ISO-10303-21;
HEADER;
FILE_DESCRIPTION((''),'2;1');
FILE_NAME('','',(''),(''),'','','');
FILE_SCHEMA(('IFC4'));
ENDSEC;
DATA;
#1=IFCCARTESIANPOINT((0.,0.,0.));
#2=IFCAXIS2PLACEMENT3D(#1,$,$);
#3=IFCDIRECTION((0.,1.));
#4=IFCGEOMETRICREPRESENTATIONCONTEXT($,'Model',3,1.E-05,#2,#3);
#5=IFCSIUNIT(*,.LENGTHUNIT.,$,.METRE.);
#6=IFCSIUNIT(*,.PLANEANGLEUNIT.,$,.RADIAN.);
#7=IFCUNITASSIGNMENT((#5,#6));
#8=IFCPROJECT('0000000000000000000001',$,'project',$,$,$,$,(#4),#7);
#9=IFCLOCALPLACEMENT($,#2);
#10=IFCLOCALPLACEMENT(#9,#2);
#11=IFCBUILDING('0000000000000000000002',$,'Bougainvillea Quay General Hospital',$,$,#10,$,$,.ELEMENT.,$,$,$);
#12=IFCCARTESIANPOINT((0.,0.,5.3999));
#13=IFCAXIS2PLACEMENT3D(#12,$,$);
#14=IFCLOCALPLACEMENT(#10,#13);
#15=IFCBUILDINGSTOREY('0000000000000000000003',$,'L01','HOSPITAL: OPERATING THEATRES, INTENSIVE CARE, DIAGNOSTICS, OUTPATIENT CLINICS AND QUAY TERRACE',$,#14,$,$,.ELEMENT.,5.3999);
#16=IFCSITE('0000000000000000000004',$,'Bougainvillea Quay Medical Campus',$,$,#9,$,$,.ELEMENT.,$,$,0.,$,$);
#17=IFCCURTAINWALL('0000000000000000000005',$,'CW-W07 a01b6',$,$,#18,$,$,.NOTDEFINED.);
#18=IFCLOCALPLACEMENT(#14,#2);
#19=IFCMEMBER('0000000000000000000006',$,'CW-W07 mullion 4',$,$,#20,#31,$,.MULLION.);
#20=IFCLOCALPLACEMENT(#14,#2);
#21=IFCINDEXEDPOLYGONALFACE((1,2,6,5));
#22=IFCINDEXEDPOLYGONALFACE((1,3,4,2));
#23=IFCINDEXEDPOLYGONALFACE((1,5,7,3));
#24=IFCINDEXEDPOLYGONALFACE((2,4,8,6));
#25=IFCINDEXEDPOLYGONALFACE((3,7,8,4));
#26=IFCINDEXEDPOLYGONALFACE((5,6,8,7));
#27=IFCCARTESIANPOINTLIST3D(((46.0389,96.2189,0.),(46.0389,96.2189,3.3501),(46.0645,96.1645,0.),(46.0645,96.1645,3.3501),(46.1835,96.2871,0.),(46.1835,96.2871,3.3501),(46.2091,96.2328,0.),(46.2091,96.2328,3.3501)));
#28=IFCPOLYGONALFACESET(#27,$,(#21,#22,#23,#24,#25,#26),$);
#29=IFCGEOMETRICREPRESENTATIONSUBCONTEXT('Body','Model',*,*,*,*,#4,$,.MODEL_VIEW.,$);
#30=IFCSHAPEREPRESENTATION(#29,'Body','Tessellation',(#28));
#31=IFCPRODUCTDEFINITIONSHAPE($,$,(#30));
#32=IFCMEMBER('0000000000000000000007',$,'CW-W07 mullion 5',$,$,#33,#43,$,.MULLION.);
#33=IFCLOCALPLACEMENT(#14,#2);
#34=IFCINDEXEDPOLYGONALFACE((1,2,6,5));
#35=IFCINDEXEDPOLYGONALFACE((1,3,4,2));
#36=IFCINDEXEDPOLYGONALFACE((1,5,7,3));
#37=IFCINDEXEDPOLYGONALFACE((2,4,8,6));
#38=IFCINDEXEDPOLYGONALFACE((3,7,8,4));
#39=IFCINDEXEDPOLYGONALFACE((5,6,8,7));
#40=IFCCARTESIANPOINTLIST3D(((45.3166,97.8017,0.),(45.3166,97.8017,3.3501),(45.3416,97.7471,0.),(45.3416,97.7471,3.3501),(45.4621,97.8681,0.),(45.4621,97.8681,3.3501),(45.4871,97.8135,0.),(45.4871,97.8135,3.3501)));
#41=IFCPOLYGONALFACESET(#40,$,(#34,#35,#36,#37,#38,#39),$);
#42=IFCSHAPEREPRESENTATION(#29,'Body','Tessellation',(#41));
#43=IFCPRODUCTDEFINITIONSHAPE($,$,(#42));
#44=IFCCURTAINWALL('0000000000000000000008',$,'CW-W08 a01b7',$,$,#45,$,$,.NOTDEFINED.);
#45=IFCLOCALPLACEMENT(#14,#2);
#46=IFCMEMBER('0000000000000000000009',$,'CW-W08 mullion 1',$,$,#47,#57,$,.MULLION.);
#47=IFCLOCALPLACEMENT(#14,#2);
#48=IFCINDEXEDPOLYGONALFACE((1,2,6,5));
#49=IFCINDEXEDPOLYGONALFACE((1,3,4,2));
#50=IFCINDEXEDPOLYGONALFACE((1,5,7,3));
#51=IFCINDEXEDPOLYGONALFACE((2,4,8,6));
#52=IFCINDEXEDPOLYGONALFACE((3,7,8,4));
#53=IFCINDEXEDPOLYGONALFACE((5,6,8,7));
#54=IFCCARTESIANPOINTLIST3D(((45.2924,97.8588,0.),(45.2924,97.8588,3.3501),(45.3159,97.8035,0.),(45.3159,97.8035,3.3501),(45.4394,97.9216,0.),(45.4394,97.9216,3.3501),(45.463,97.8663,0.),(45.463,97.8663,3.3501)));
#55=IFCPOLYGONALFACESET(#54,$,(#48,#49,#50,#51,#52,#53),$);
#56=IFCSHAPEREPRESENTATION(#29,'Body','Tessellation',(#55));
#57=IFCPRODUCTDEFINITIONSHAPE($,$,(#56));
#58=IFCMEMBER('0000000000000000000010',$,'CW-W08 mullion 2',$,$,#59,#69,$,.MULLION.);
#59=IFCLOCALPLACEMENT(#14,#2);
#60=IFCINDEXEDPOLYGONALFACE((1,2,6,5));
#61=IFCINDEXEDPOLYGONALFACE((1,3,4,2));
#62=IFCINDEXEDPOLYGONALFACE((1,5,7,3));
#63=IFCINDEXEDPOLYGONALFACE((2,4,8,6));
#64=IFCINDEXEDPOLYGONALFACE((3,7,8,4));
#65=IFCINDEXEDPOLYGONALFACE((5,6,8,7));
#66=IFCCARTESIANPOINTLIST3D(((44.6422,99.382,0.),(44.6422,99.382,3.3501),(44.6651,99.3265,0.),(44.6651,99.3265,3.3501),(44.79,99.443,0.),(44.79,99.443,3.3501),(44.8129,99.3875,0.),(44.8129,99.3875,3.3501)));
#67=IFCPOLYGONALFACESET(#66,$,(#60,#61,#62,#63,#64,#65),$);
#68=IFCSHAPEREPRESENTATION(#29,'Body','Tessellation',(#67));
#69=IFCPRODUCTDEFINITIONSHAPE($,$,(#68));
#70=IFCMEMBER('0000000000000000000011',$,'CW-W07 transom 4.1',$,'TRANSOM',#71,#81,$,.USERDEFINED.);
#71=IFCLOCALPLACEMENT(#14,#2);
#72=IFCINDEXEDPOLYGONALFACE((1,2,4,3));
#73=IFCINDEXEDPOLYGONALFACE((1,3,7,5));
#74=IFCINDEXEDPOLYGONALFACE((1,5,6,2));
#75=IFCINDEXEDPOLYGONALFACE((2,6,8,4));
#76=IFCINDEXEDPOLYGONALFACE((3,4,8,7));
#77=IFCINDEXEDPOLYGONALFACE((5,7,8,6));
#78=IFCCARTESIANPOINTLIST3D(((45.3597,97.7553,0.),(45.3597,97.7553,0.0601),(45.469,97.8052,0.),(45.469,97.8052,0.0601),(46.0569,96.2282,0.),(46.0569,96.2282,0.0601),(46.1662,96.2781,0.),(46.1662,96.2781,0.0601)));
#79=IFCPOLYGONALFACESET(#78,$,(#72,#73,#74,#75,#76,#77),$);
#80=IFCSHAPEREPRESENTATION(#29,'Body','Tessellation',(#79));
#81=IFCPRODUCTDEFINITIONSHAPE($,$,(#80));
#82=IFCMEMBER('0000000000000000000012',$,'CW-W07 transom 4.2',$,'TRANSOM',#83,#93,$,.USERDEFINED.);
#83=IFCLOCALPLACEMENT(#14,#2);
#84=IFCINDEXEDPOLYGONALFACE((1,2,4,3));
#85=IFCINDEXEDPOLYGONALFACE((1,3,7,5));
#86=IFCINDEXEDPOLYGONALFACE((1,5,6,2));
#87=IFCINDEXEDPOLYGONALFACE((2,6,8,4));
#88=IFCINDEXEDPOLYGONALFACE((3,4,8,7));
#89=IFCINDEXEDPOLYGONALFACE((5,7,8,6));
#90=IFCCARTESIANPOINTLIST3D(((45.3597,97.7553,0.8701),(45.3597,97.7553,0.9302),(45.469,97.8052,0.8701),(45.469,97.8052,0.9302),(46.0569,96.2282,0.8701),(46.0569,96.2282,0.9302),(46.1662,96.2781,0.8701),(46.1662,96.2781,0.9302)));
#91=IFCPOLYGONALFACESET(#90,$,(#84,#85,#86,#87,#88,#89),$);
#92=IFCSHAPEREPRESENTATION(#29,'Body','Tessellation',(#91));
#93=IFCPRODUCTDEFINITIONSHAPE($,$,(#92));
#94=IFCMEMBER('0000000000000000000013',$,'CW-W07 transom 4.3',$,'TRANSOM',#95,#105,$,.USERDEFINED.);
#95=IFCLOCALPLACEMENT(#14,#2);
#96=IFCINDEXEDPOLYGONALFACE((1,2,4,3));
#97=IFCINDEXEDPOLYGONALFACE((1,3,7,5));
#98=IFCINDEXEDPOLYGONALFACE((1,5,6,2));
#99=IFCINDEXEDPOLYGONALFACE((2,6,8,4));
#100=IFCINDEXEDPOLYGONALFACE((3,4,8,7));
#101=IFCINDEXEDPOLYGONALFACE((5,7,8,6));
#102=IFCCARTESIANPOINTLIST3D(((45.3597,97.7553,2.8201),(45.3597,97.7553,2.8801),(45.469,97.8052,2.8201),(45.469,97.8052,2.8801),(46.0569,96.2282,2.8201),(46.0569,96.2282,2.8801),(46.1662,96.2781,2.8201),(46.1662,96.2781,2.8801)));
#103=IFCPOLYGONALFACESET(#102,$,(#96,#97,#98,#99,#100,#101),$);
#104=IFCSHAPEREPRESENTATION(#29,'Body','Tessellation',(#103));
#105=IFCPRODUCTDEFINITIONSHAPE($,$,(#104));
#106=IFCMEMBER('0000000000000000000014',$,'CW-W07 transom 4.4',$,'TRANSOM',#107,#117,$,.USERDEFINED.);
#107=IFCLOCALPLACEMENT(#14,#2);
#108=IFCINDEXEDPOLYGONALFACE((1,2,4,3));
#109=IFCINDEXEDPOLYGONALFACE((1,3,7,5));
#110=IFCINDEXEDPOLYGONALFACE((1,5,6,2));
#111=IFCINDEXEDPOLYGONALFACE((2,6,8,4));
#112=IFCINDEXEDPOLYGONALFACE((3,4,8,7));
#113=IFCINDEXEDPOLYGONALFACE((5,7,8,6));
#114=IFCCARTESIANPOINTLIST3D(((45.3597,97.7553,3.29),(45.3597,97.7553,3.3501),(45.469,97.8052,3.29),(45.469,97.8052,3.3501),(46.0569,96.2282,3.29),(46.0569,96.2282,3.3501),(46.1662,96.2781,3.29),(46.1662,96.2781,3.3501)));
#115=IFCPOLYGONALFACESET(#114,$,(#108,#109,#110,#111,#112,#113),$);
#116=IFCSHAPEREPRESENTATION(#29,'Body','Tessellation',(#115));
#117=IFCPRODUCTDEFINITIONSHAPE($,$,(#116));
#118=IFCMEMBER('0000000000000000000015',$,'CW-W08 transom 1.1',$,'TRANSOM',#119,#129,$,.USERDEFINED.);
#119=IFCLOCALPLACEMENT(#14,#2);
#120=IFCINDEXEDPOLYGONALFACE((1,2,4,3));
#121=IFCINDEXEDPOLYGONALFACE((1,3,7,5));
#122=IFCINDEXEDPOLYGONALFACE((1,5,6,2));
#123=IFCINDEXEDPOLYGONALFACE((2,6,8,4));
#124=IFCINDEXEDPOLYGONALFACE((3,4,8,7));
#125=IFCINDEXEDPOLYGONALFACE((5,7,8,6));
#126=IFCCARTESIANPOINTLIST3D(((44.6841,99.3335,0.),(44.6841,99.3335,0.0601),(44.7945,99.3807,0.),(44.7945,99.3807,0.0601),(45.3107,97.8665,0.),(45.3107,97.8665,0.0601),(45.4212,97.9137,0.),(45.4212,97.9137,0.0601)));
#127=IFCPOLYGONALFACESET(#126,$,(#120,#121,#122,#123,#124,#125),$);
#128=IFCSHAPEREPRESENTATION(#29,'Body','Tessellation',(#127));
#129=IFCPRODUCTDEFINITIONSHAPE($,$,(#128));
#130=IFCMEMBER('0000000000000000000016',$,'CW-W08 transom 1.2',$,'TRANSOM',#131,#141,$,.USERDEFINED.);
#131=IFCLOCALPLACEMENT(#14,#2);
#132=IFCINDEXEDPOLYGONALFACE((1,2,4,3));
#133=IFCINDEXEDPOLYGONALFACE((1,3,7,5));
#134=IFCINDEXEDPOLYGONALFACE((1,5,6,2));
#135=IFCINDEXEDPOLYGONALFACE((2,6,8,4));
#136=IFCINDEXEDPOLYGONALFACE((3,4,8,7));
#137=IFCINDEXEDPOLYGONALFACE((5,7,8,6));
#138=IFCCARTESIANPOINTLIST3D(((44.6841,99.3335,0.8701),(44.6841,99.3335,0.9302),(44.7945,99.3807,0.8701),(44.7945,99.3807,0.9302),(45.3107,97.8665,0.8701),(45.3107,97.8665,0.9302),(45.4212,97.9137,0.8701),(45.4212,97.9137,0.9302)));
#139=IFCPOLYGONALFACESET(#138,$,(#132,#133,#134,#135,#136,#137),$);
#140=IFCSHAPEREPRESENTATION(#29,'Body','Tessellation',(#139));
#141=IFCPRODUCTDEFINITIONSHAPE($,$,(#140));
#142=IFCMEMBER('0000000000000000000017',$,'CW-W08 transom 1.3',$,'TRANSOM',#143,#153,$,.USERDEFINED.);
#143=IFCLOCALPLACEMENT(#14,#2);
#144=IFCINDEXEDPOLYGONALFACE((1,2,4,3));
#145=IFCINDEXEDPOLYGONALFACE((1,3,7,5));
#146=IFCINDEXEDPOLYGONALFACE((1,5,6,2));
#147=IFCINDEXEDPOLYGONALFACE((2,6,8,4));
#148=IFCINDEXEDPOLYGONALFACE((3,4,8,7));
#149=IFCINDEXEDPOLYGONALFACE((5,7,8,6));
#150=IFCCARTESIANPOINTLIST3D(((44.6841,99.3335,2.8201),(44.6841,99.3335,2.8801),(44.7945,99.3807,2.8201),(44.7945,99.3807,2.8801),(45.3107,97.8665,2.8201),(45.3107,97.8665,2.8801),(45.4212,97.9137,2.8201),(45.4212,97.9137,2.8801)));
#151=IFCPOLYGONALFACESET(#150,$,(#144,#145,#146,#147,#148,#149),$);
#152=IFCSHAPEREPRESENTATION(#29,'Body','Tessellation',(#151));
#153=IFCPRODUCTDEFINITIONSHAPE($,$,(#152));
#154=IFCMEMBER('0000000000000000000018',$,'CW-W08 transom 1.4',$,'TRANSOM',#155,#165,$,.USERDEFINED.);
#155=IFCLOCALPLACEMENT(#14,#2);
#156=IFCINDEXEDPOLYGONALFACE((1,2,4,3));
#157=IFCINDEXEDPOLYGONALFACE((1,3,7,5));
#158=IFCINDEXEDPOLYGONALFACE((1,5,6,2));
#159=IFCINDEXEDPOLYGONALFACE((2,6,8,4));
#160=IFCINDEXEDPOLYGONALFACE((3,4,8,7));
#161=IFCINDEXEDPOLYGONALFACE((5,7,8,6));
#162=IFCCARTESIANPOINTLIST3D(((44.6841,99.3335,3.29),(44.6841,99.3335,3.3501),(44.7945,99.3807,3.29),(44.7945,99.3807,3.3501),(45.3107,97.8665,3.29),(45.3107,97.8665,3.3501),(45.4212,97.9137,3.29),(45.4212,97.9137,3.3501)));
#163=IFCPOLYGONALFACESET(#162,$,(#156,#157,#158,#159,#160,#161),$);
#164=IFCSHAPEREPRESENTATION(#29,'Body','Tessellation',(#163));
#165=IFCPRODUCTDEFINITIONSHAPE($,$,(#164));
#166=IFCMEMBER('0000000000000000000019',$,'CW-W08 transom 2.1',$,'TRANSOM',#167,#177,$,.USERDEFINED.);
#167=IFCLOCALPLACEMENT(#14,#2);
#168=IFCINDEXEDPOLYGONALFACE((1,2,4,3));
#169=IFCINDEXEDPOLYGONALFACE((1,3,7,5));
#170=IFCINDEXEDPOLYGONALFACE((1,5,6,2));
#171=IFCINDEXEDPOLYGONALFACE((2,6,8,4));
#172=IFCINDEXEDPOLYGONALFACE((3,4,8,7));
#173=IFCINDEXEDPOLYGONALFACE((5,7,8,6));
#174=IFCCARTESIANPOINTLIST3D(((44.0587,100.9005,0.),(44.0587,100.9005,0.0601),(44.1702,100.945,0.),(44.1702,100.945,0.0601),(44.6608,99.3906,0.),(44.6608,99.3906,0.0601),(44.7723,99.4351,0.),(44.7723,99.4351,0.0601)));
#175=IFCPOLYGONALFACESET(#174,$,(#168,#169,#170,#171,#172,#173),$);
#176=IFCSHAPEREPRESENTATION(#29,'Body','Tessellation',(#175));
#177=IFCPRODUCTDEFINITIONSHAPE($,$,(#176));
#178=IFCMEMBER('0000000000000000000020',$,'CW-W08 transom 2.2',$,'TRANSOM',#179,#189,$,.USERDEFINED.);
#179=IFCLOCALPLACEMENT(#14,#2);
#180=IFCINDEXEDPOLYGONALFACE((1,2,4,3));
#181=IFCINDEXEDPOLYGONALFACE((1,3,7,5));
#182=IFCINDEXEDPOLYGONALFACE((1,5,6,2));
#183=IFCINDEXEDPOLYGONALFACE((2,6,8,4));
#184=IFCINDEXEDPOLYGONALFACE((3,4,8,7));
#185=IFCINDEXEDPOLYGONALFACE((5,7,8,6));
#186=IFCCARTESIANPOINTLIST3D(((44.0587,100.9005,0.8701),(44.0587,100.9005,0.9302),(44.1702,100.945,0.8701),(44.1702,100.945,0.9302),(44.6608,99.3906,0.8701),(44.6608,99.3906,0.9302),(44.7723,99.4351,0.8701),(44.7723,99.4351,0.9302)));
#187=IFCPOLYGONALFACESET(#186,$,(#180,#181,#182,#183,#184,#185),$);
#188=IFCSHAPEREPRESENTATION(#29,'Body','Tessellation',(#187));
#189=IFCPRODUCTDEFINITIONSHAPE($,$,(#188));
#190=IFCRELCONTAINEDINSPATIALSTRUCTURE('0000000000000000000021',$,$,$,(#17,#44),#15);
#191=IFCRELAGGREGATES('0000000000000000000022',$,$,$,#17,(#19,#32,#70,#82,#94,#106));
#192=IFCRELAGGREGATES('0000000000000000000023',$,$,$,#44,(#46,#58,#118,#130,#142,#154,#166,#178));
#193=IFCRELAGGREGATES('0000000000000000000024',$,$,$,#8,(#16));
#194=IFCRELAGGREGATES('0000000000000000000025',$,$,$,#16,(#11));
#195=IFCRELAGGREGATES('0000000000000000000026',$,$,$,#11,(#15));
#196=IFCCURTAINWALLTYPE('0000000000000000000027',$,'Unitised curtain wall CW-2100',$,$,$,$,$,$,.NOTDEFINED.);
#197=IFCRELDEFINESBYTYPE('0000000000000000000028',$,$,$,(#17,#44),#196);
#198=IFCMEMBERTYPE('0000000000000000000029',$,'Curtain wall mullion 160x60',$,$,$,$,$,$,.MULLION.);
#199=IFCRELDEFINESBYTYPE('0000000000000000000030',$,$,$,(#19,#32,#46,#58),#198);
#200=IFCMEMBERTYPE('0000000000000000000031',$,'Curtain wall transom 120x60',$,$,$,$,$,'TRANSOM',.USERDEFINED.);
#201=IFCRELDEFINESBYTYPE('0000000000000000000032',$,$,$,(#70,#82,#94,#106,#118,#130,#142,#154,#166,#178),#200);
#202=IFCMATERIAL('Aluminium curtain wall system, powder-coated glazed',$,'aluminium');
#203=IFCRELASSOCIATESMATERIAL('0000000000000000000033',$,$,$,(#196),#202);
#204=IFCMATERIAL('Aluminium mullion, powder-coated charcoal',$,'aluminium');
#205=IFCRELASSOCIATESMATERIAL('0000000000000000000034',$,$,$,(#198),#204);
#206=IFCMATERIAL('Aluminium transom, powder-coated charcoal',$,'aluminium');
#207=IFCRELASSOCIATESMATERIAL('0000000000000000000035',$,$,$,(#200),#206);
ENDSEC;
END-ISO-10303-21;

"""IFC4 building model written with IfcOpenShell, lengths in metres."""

from ifc_helpers import new_model, si_unit, direction, frame, origin, origin_2d, place, context, subcontext, project, spatial, rectangle, extrude, material, material_profile, profile_set, type_object, element, aggregate, save


model = new_model("IFC4")

# Units and contexts
model_context = context("Model", 3, precision=1e-05, world=origin(), true_north=direction((0.0, 1.0)))
body_context = subcontext(model_context, "Body", "Model", "MODEL_VIEW")
ifc_project = project(units=[si_unit("LENGTHUNIT", "METRE"), si_unit("PLANEANGLEUNIT", "RADIAN")], contexts=[model_context])

# Site, building, storey
site_placement = place(None, origin())
site = spatial("IfcSite", under=ifc_project, at=site_placement, Name="Bougainvillea Quay Medical Campus", CompositionType="ELEMENT", RefElevation=0.0)
building_placement = place(site_placement, origin())
building = spatial("IfcBuilding", under=site, at=building_placement, Name="Bougainvillea Quay General Hospital", CompositionType="ELEMENT")
storey_placement = place(building_placement, frame((0.0, 0.0, 5.3999)))
storey = spatial("IfcBuildingStorey", under=building, at=storey_placement, Name="L01", Description="HOSPITAL: OPERATING THEATRES, INTENSIVE CARE, DIAGNOSTICS, OUTPATIENT CLINICS AND QUAY TERRACE", CompositionType="ELEMENT", Elevation=5.3999)

# Curtain walls, members
ifc_material_1 = material(Name="Aluminium curtain wall system, powder-coated glazed", Category="aluminium")
curtain_wall_type = type_object("IfcCurtainWallType", Name="Unitised curtain wall CW-2100", PredefinedType="NOTDEFINED", material=ifc_material_1)
curtain_wall_1_placement = place(storey_placement, origin())
curtain_wall_1 = element("IfcCurtainWall", 1, at=curtain_wall_1_placement, inside=storey, type_object=curtain_wall_type, Name="CW-W07 a01b6", PredefinedType="NOTDEFINED")
ifc_material_2 = material(Name="Aluminium mullion, powder-coated charcoal", Category="aluminium")
ifc_material_profile_1 = material_profile(ifc_material_2, rectangle(XDim=0.1599, YDim=0.0601, at=origin_2d()))
ifc_profile_set_1 = profile_set([ifc_material_profile_1], Name="Aluminium mullion, powder-coated charcoal")
member_type_1 = type_object("IfcMemberType", Name="Curtain wall mullion 160x60", PredefinedType="MULLION", material=ifc_profile_set_1)
member_1_placement = place(storey_placement, frame((46.124, 96.2258, 0.0), z_axis=(0.0, 0.0, 1.0), x_axis=(-0.904314, -0.426869, 0.0)))
member_1 = element("IfcMember", 2, at=member_1_placement, type_object=member_type_1, Name="CW-W07 mullion 4", PredefinedType="MULLION", context=body_context, shape_type="SweptSolid", body=[
    extrude(rectangle(XDim=0.1599, YDim=0.0601, at=origin_2d()), origin(), (0.0, 0.0, 1.0), 3.3501),
])
member_2_placement = place(storey_placement, frame((45.4019, 97.8076, 0.0), z_axis=(0.0, 0.0, 1.0), x_axis=(-0.909653, -0.415368, 0.0)))
member_2 = element("IfcMember", 3, at=member_2_placement, type_object=member_type_1, Name="CW-W07 mullion 5", PredefinedType="MULLION", context=body_context, shape_type="SweptSolid", body=[
    extrude(rectangle(XDim=0.1599, YDim=0.0601, at=origin_2d()), origin(), (0.0, 0.0, 1.0), 3.3501),
])
curtain_wall_2_placement = place(storey_placement, origin())
curtain_wall_2 = element("IfcCurtainWall", 4, at=curtain_wall_2_placement, inside=storey, type_object=curtain_wall_type, Name="CW-W08 a01b7", PredefinedType="NOTDEFINED")
member_3_placement = place(storey_placement, frame((45.3777, 97.8625, 0.0), z_axis=(0.0, 0.0, 1.0), x_axis=(-0.919659, -0.392719, 0.0)))
member_3 = element("IfcMember", 5, at=member_3_placement, type_object=member_type_1, Name="CW-W08 mullion 1", PredefinedType="MULLION", context=body_context, shape_type="SweptSolid", body=[
    extrude(rectangle(XDim=0.1599, YDim=0.0601, at=origin_2d()), origin(), (0.0, 0.0, 1.0), 3.3501),
])
member_4_placement = place(storey_placement, frame((44.7275, 99.3848, 0.0), z_axis=(0.0, 0.0, 1.0), x_axis=(-0.924336, -0.381579, 0.0)))
member_4 = element("IfcMember", 6, at=member_4_placement, type_object=member_type_1, Name="CW-W08 mullion 2", PredefinedType="MULLION", context=body_context, shape_type="SweptSolid", body=[
    extrude(rectangle(XDim=0.1599, YDim=0.0601, at=origin_2d()), origin(), (0.0, 0.0, 1.0), 3.3501),
])

# Members
ifc_material_3 = material(Name="Aluminium transom, powder-coated charcoal", Category="aluminium")
ifc_material_profile_2 = material_profile(ifc_material_3, rectangle(XDim=0.1201, YDim=0.0601, at=origin_2d()))
ifc_profile_set_2 = profile_set([ifc_material_profile_2], Name="Aluminium transom, powder-coated charcoal")
member_type_2 = type_object("IfcMemberType", Name="Curtain wall transom 120x60", ElementType="TRANSOM", PredefinedType="USERDEFINED", material=ifc_profile_set_2)
member_5_placement = place(storey_placement, frame((46.1116, 96.2532, 0.03), z_axis=(-0.415347, 0.909663, 0.0), x_axis=(-0.909663, -0.415347, 0.0)))
member_5 = element("IfcMember", 7, at=member_5_placement, type_object=member_type_2, Name="CW-W07 transom 4.1", ObjectType="TRANSOM", PredefinedType="USERDEFINED", context=body_context, shape_type="SweptSolid", body=[
    extrude(rectangle(XDim=0.1201, YDim=0.0601, at=origin_2d()), origin(), (0.0, 0.0, 1.0), 1.6787),
])
member_6_placement = place(storey_placement, frame((46.1116, 96.2532, 0.9001), z_axis=(-0.415347, 0.909663, 0.0), x_axis=(-0.909663, -0.415347, 0.0)))
member_6 = element("IfcMember", 8, at=member_6_placement, type_object=member_type_2, Name="CW-W07 transom 4.2", ObjectType="TRANSOM", PredefinedType="USERDEFINED", context=body_context, shape_type="SweptSolid", body=[
    extrude(rectangle(XDim=0.1201, YDim=0.0601, at=origin_2d()), origin(), (0.0, 0.0, 1.0), 1.6787),
])
member_7_placement = place(storey_placement, frame((46.1116, 96.2532, 2.8501), z_axis=(-0.415347, 0.909663, 0.0), x_axis=(-0.909663, -0.415347, 0.0)))
member_7 = element("IfcMember", 9, at=member_7_placement, type_object=member_type_2, Name="CW-W07 transom 4.3", ObjectType="TRANSOM", PredefinedType="USERDEFINED", context=body_context, shape_type="SweptSolid", body=[
    extrude(rectangle(XDim=0.1201, YDim=0.0601, at=origin_2d()), origin(), (0.0, 0.0, 1.0), 1.6787),
])
member_8_placement = place(storey_placement, frame((46.1116, 96.2532, 3.3201), z_axis=(-0.415347, 0.909663, 0.0), x_axis=(-0.909663, -0.415347, 0.0)))
member_8 = element("IfcMember", 10, at=member_8_placement, type_object=member_type_2, Name="CW-W07 transom 4.4", ObjectType="TRANSOM", PredefinedType="USERDEFINED", context=body_context, shape_type="SweptSolid", body=[
    extrude(rectangle(XDim=0.1201, YDim=0.0601, at=origin_2d()), origin(), (0.0, 0.0, 1.0), 1.6787),
])
member_9_placement = place(storey_placement, frame((45.366, 97.8901, 0.03), z_axis=(-0.392848, 0.919604, 0.0), x_axis=(-0.919604, -0.392848, 0.0)))
member_9 = element("IfcMember", 11, at=member_9_placement, type_object=member_type_2, Name="CW-W08 transom 1.1", ObjectType="TRANSOM", PredefinedType="USERDEFINED", context=body_context, shape_type="SweptSolid", body=[
    extrude(rectangle(XDim=0.1201, YDim=0.0601, at=origin_2d()), origin(), (0.0, 0.0, 1.0), 1.5952),
])
member_10_placement = place(storey_placement, frame((45.366, 97.8901, 0.9001), z_axis=(-0.392848, 0.919604, 0.0), x_axis=(-0.919604, -0.392848, 0.0)))
member_10 = element("IfcMember", 12, at=member_10_placement, type_object=member_type_2, Name="CW-W08 transom 1.2", ObjectType="TRANSOM", PredefinedType="USERDEFINED", context=body_context, shape_type="SweptSolid", body=[
    extrude(rectangle(XDim=0.1201, YDim=0.0601, at=origin_2d()), origin(), (0.0, 0.0, 1.0), 1.5952),
])
member_11_placement = place(storey_placement, frame((45.366, 97.8901, 2.8501), z_axis=(-0.392848, 0.919604, 0.0), x_axis=(-0.919604, -0.392848, 0.0)))
member_11 = element("IfcMember", 13, at=member_11_placement, type_object=member_type_2, Name="CW-W08 transom 1.3", ObjectType="TRANSOM", PredefinedType="USERDEFINED", context=body_context, shape_type="SweptSolid", body=[
    extrude(rectangle(XDim=0.1201, YDim=0.0601, at=origin_2d()), origin(), (0.0, 0.0, 1.0), 1.5952),
])
member_12_placement = place(storey_placement, frame((45.366, 97.8901, 3.3201), z_axis=(-0.392848, 0.919604, 0.0), x_axis=(-0.919604, -0.392848, 0.0)))
member_12 = element("IfcMember", 14, at=member_12_placement, type_object=member_type_2, Name="CW-W08 transom 1.4", ObjectType="TRANSOM", PredefinedType="USERDEFINED", context=body_context, shape_type="SweptSolid", body=[
    extrude(rectangle(XDim=0.1201, YDim=0.0601, at=origin_2d()), origin(), (0.0, 0.0, 1.0), 1.5952),
])
member_13_placement = place(storey_placement, frame((44.7166, 99.4128, 0.03), z_axis=(-0.370406, 0.92887, 0.0), x_axis=(-0.92887, -0.370406, 0.0)))
member_13 = element("IfcMember", 15, at=member_13_placement, type_object=member_type_2, Name="CW-W08 transom 2.1", ObjectType="TRANSOM", PredefinedType="USERDEFINED", context=body_context, shape_type="SweptSolid", body=[
    extrude(rectangle(XDim=0.1201, YDim=0.0601, at=origin_2d()), origin(), (0.0, 0.0, 1.0), 1.6255),
])
member_14_placement = place(storey_placement, frame((44.7166, 99.4128, 0.9001), z_axis=(-0.370406, 0.92887, 0.0), x_axis=(-0.92887, -0.370406, 0.0)))
member_14 = element("IfcMember", 16, at=member_14_placement, type_object=member_type_2, Name="CW-W08 transom 2.2", ObjectType="TRANSOM", PredefinedType="USERDEFINED", context=body_context, shape_type="SweptSolid", body=[
    extrude(rectangle(XDim=0.1201, YDim=0.0601, at=origin_2d()), origin(), (0.0, 0.0, 1.0), 1.6255),
])

aggregate(curtain_wall_1, [member_1, member_2, member_5, member_6, member_7, member_8])
aggregate(curtain_wall_2, [member_3, member_4, member_9, member_10, member_11, member_12, member_13, member_14])

save(model, "model.ifc")
